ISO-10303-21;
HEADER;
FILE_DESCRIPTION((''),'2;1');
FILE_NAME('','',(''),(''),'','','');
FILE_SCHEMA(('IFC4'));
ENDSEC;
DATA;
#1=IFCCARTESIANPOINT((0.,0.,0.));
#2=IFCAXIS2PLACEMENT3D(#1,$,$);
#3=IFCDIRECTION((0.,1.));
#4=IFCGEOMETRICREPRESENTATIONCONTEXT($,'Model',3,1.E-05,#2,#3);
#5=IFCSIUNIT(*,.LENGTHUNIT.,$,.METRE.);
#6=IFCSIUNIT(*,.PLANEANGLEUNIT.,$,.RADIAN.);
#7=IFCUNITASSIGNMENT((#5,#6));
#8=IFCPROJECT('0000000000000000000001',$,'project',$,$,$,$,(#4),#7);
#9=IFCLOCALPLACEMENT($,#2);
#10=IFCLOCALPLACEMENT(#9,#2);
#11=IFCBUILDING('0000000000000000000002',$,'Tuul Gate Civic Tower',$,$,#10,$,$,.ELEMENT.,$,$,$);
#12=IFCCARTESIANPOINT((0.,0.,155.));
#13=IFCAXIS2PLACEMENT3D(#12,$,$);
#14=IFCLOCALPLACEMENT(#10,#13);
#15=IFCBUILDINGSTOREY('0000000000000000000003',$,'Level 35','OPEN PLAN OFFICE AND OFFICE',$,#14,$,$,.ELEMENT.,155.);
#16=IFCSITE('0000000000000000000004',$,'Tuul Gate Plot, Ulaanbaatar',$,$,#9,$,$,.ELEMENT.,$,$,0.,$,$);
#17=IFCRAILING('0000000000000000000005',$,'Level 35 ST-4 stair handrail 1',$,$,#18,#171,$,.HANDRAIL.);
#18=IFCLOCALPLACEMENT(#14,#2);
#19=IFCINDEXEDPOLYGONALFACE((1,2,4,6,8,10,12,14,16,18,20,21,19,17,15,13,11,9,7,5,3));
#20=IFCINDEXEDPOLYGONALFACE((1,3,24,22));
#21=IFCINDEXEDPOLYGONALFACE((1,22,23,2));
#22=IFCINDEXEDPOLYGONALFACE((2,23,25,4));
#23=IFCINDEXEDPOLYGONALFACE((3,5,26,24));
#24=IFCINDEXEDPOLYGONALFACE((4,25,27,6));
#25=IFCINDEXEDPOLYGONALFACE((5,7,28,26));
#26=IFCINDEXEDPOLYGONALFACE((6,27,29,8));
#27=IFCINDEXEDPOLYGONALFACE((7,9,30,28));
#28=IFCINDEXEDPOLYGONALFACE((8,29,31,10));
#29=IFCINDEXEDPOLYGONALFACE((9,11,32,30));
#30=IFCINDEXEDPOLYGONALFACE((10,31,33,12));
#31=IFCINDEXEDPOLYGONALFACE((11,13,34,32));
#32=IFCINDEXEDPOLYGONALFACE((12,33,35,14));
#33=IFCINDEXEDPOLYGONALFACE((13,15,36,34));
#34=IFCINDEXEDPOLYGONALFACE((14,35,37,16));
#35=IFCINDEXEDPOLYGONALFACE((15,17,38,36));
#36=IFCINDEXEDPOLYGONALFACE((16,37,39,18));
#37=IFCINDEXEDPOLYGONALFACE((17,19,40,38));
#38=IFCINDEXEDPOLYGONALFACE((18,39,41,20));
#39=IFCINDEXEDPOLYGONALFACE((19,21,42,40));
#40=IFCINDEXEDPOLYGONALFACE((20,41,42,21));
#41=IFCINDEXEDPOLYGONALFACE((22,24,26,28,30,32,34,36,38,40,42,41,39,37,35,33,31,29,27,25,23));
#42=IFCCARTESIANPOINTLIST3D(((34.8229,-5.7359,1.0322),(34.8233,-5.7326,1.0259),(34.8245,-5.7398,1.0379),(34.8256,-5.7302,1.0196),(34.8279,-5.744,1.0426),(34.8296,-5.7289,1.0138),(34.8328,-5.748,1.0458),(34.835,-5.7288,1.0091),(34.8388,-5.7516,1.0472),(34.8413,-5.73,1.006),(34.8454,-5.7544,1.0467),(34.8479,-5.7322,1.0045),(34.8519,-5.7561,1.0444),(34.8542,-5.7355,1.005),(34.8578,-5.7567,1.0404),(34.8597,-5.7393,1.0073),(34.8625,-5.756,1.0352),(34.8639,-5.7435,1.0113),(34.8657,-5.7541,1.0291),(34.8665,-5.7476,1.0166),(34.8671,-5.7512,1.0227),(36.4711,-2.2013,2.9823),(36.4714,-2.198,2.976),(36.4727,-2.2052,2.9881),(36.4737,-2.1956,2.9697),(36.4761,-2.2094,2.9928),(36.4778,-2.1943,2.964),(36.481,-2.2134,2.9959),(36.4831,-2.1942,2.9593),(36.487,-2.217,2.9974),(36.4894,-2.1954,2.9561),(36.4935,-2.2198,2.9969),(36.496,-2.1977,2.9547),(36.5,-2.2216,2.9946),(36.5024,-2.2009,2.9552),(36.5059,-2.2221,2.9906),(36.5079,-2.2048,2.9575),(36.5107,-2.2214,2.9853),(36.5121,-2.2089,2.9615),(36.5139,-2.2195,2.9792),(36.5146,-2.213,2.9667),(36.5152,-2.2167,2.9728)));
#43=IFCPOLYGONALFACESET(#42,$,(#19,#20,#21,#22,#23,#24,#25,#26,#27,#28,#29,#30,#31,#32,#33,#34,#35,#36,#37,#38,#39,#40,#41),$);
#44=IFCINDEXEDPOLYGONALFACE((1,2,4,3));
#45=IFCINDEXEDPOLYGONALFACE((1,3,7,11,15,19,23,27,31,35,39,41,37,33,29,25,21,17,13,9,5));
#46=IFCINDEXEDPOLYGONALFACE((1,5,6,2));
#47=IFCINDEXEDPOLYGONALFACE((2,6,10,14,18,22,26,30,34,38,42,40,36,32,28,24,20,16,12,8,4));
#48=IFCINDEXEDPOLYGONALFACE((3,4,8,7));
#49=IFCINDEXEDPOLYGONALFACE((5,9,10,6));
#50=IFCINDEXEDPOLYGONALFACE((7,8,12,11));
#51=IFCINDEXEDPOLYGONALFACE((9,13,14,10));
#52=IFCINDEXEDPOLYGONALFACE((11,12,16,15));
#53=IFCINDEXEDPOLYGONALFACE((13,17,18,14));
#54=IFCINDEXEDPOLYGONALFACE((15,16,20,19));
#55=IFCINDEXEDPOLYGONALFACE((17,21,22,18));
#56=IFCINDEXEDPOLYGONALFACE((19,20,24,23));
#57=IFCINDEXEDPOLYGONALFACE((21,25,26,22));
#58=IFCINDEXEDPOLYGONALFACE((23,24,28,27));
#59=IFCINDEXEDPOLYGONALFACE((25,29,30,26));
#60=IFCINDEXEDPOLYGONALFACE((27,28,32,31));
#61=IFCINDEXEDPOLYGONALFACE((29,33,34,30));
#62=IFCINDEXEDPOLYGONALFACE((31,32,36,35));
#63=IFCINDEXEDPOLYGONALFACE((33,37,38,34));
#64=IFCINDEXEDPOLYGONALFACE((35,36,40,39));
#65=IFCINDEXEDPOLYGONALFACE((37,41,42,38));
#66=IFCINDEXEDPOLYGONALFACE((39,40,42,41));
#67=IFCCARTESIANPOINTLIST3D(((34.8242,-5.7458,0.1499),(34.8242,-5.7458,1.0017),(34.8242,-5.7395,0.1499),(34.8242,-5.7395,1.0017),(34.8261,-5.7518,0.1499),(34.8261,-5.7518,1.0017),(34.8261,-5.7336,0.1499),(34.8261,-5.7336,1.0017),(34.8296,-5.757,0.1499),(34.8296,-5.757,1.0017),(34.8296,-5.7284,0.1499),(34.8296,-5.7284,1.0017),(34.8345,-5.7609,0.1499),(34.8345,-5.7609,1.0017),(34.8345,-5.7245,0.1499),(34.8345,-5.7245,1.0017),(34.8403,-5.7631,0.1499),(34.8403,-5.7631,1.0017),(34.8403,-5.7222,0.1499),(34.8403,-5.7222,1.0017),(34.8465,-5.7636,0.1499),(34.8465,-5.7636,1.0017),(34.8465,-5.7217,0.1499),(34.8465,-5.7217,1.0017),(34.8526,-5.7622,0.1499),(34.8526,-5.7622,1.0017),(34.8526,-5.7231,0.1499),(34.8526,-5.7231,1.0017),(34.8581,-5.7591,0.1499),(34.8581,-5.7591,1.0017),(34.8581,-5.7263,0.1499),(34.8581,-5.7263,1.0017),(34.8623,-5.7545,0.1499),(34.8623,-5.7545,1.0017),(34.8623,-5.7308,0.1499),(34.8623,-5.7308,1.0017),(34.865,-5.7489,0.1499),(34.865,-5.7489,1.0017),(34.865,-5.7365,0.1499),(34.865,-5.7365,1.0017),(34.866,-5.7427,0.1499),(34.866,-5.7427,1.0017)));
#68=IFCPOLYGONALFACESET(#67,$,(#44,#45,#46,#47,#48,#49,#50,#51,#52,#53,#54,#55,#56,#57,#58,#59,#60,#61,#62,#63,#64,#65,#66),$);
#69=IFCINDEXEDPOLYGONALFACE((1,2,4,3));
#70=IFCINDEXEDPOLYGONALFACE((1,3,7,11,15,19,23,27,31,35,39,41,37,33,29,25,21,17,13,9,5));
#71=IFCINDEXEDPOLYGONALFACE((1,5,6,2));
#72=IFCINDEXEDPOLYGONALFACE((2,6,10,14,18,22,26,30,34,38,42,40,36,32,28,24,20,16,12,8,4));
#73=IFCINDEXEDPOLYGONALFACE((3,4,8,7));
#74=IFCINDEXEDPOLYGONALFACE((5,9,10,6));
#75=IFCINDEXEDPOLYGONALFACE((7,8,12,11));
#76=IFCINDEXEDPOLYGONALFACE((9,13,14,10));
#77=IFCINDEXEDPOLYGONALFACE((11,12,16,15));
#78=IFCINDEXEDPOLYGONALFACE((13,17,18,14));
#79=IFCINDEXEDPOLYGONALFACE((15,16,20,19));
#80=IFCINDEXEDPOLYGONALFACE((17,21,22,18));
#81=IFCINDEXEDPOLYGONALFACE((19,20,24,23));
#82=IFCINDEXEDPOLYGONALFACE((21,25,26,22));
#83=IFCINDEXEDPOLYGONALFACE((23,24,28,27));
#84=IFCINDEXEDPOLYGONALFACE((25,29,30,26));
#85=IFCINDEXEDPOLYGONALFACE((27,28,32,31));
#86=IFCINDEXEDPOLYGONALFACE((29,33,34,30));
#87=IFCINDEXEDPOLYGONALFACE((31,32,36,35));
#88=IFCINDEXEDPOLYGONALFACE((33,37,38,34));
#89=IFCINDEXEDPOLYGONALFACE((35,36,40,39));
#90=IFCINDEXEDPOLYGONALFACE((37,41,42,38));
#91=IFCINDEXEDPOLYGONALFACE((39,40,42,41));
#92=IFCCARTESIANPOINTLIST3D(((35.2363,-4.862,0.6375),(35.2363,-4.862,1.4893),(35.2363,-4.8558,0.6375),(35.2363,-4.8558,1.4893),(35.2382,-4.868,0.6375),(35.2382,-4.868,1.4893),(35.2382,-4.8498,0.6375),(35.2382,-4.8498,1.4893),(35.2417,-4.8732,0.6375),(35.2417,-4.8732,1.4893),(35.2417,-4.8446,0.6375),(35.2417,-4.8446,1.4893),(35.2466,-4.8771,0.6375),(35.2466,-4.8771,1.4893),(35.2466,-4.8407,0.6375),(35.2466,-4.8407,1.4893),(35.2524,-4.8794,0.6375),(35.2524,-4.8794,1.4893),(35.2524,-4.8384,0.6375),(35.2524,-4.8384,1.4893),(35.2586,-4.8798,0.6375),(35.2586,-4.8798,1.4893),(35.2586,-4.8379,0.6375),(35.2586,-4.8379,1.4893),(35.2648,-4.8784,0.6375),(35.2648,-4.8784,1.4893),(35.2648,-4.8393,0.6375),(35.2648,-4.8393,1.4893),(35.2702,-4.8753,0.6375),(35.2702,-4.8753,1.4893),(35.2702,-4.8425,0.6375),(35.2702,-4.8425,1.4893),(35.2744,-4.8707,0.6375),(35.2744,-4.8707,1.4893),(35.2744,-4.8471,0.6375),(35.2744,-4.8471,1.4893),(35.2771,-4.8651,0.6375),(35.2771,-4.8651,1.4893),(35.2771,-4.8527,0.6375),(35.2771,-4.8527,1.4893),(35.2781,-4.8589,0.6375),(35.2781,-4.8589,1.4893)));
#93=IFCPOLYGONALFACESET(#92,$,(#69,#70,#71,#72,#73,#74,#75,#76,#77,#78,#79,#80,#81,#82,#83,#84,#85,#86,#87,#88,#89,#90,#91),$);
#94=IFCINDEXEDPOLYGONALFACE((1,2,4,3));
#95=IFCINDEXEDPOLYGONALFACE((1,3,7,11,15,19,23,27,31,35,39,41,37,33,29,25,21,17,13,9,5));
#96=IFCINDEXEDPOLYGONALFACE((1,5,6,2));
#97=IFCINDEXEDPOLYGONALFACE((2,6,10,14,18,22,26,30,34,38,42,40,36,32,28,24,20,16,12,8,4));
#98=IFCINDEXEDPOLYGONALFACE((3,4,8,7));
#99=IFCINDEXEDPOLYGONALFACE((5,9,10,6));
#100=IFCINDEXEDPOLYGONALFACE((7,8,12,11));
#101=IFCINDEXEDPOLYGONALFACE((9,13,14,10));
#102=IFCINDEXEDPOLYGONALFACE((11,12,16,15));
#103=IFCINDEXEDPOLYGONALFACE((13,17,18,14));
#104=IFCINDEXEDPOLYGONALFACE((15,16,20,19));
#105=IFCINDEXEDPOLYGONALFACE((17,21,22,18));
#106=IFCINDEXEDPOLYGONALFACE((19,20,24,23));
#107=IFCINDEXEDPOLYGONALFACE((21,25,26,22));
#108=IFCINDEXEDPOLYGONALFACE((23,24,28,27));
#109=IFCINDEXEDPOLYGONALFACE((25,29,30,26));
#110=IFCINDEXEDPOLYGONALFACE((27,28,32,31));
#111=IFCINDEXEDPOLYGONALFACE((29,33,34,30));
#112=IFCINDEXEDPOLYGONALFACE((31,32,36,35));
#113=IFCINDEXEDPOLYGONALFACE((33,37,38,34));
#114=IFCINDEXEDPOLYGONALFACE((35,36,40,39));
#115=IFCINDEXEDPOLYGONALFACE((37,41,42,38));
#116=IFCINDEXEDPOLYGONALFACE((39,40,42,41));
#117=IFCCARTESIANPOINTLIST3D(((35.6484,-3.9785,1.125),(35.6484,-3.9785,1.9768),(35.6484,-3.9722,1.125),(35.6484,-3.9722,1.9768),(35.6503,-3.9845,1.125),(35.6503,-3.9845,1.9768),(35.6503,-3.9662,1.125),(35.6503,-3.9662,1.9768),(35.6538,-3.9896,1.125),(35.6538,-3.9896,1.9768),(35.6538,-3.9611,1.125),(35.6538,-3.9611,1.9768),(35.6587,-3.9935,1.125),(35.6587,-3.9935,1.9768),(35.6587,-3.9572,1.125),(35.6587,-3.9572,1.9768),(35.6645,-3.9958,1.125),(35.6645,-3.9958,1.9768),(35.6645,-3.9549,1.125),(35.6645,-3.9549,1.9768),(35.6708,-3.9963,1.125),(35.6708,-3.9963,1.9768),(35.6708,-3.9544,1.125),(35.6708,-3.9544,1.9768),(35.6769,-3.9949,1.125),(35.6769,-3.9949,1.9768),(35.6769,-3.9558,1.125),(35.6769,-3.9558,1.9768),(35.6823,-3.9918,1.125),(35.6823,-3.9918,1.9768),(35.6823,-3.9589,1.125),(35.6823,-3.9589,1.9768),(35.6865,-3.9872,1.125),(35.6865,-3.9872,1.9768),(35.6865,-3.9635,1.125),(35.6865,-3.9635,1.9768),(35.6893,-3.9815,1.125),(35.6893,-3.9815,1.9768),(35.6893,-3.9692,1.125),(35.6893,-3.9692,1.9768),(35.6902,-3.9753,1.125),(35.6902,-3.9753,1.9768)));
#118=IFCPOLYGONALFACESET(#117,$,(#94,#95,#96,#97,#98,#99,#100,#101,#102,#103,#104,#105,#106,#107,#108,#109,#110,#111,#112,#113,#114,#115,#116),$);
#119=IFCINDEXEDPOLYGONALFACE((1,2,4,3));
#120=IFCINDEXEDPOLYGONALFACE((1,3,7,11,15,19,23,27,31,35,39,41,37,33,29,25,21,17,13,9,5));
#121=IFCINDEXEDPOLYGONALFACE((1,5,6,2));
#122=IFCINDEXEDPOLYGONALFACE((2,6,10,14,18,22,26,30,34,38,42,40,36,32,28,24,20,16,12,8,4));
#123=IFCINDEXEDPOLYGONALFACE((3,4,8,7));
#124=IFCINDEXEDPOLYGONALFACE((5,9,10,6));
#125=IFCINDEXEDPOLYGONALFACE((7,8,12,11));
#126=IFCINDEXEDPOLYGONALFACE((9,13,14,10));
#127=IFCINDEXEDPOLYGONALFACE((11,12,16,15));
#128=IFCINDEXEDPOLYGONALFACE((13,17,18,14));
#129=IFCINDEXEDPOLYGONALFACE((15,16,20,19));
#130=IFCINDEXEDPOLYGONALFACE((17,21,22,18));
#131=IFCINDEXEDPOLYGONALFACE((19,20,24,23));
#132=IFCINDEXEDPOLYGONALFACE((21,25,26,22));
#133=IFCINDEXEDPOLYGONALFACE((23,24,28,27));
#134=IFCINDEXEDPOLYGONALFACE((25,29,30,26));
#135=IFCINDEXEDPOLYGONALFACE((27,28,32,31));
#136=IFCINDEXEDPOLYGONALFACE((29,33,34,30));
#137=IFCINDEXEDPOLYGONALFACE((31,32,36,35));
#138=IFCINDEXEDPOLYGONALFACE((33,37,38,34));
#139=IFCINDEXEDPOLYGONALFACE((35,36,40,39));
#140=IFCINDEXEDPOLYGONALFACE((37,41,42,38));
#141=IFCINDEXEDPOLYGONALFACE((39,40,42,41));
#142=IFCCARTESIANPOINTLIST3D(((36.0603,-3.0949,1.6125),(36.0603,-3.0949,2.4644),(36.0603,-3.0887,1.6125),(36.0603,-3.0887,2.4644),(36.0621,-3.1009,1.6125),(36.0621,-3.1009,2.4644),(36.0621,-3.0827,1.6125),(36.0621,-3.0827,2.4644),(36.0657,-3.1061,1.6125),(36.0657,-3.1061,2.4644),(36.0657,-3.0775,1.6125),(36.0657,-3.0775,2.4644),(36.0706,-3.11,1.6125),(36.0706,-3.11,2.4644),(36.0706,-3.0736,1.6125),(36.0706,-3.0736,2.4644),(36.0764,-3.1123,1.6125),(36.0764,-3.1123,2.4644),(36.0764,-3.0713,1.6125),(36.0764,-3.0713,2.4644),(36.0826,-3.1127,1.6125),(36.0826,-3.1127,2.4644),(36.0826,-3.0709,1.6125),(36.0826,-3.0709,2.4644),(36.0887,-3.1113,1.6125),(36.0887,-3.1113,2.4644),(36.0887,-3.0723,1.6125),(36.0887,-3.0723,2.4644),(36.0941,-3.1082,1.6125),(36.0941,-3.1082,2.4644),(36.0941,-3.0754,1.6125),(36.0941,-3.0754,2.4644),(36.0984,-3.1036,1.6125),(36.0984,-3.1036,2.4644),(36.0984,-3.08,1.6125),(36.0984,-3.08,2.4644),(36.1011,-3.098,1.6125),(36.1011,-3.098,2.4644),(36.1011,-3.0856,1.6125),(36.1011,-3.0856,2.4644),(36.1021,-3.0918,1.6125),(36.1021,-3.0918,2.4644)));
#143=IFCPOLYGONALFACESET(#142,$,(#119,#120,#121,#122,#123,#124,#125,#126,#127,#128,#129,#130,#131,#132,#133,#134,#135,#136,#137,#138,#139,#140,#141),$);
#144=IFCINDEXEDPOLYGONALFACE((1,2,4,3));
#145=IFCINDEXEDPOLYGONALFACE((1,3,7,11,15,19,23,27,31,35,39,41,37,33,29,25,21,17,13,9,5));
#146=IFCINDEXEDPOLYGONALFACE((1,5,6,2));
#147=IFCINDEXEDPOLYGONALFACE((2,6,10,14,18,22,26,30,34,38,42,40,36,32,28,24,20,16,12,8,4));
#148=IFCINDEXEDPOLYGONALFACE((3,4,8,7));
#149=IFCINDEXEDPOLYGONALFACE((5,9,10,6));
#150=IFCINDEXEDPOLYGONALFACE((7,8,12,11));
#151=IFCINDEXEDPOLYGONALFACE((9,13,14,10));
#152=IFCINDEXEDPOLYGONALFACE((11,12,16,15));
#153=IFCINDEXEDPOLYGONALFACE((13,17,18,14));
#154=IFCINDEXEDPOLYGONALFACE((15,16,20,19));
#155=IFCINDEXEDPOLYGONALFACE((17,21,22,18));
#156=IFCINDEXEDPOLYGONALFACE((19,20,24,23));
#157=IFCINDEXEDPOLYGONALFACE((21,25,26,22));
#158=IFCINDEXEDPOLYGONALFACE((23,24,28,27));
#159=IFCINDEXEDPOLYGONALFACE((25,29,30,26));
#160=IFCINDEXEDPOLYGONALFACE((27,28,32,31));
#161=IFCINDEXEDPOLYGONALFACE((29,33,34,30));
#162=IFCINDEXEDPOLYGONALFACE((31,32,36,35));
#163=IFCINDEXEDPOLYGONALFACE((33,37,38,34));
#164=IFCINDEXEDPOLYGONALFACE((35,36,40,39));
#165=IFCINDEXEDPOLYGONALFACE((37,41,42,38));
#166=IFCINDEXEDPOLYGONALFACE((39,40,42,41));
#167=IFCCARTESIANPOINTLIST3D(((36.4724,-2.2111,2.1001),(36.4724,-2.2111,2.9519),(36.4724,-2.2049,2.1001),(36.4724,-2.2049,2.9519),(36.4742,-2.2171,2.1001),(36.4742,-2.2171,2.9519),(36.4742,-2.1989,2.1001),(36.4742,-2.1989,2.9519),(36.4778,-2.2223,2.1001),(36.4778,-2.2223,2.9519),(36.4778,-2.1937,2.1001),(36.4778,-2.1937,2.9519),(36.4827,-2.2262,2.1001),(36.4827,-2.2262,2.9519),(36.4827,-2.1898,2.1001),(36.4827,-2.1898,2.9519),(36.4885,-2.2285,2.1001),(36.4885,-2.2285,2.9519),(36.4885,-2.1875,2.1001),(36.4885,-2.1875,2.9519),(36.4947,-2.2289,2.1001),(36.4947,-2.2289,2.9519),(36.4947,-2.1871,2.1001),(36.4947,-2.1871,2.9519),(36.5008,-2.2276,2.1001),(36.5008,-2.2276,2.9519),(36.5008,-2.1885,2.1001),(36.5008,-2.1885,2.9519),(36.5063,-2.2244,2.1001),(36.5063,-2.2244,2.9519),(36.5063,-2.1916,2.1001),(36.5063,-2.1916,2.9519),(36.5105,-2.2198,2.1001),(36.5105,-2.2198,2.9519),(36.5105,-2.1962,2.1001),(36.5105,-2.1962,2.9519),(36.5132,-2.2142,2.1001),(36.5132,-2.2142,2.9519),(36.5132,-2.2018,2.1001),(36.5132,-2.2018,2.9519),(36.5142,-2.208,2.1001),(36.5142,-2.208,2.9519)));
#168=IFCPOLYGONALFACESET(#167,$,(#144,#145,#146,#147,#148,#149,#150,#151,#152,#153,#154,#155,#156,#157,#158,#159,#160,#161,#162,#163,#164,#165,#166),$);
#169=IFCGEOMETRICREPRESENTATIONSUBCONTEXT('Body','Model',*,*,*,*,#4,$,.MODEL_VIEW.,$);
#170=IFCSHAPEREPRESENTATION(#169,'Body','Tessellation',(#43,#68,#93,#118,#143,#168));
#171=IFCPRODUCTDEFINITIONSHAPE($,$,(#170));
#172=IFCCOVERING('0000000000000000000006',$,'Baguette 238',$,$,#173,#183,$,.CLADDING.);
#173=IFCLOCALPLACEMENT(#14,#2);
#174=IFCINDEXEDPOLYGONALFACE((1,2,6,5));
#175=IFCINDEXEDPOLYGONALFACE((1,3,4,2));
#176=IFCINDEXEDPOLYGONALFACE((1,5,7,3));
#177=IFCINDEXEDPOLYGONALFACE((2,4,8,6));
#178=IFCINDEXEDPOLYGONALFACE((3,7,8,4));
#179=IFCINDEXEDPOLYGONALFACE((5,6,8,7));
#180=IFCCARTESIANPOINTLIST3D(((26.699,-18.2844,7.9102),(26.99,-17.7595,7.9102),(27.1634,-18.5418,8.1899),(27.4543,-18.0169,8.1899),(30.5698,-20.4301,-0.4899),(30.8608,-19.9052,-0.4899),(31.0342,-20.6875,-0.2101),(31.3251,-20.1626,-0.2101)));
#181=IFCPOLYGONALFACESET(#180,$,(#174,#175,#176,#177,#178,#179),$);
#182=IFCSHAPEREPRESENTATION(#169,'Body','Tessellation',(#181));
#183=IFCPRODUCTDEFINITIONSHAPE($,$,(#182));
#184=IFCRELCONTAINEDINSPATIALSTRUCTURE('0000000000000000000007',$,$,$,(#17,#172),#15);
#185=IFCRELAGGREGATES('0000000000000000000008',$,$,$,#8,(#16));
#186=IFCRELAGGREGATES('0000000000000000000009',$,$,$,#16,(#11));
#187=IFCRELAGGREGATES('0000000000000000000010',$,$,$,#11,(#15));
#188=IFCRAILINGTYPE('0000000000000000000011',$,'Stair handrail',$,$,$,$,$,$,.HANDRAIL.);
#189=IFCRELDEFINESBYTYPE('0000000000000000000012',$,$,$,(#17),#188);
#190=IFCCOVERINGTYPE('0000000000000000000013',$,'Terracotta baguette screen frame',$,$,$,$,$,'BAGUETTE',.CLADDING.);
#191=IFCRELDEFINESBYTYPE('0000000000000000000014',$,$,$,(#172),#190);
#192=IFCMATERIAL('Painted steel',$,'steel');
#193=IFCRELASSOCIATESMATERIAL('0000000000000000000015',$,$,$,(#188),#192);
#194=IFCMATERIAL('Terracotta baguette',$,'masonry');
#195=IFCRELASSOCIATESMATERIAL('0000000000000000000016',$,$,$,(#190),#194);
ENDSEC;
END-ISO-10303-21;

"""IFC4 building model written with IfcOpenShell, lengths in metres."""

from ifc_helpers import new_model, si_unit, direction, frame, origin, origin_2d, place, context, subcontext, project, spatial, rectangle, circle, extrude, material, material_profile, profile_set, type_object, element, save


model = new_model("IFC4")

# Units and contexts
model_context = context("Model", 3, precision=1e-05, world=origin(), true_north=direction((0.0, 1.0)))
body_context = subcontext(model_context, "Body", "Model", "MODEL_VIEW")
ifc_project = project(units=[si_unit("LENGTHUNIT", "METRE"), si_unit("PLANEANGLEUNIT", "RADIAN")], contexts=[model_context])

# Site, building, storey
site_placement = place(None, origin())
site = spatial("IfcSite", under=ifc_project, at=site_placement, Name="Tuul Gate Plot, Ulaanbaatar", CompositionType="ELEMENT", RefElevation=0.0)
building_placement = place(site_placement, origin())
building = spatial("IfcBuilding", under=site, at=building_placement, Name="Tuul Gate Civic Tower", CompositionType="ELEMENT")
storey_placement = place(building_placement, frame((0.0, 0.0, 155.0)))
storey = spatial("IfcBuildingStorey", under=building, at=storey_placement, Name="Level 35", Description="OPEN PLAN OFFICE AND OFFICE", CompositionType="ELEMENT", Elevation=155.0)

# Railing
ifc_material_1 = material(Name="Painted steel", Category="steel")
railing_type = type_object("IfcRailingType", Name="Stair handrail", PredefinedType="HANDRAIL", material=ifc_material_1)
railing_placement = place(storey_placement, frame((34.845, -5.7427, 0.1499)))
element("IfcRailing", 1, at=railing_placement, inside=storey, type_object=railing_type, Name="Level 35 ST-4 stair handrail 1", PredefinedType="HANDRAIL", context=body_context, shape_type="SweptSolid", body=[
    extrude(circle(Radius=0.0239, at=origin_2d()), frame((0.0, 0.0, 0.876), z_axis=(0.377985, 0.810617, 0.447245), x_axis=(-0.906313, 0.422608, 0.0)), (0.0, 0.0, 1.0), 4.3604),
    extrude(circle(Radius=0.021, at=origin_2d()), origin(), (0.0, 0.0, 1.0), 0.8518),
    extrude(circle(Radius=0.021, at=origin_2d()), frame((0.4121, 0.8838, 0.4875)), (0.0, 0.0, 1.0), 0.8518),
    extrude(circle(Radius=0.021, at=origin_2d()), frame((0.8242, 1.7673, 0.9751)), (0.0, 0.0, 1.0), 0.8518),
    extrude(circle(Radius=0.021, at=origin_2d()), frame((1.2361, 2.6509, 1.4626)), (0.0, 0.0, 1.0), 0.8518),
    extrude(circle(Radius=0.021, at=origin_2d()), frame((1.6482, 3.5347, 1.9502)), (0.0, 0.0, 1.0), 0.8518),
])

# Covering
ifc_material_2 = material(Name="Terracotta baguette", Category="masonry")
ifc_material_profile_1 = material_profile(ifc_material_2, rectangle(XDim=0.6001, YDim=0.6001, at=origin_2d()), Name="Terracotta baguette screen frame")
ifc_profile_set_1 = profile_set([ifc_material_profile_1], Name="Terracotta baguette")
covering_type = type_object("IfcCoveringType", Name="Terracotta baguette screen frame", ElementType="BAGUETTE", PredefinedType="CLADDING", material=ifc_profile_set_1)
covering_placement = place(storey_placement, frame((27.0767, -18.1506, 8.05), z_axis=(0.407683, -0.225994, -0.884715), x_axis=(0.484828, 0.87461, 0.0)))
element("IfcCovering", 2, at=covering_placement, inside=storey, type_object=covering_type, Name="Baguette 238", PredefinedType="CLADDING", context=body_context, shape_type="SweptSolid", body=[
    extrude(rectangle(XDim=0.6001, YDim=0.6001, at=origin_2d()), origin(), (0.0, 0.0, 1.0), 9.4946),
])

save(model, "model.ifc")
